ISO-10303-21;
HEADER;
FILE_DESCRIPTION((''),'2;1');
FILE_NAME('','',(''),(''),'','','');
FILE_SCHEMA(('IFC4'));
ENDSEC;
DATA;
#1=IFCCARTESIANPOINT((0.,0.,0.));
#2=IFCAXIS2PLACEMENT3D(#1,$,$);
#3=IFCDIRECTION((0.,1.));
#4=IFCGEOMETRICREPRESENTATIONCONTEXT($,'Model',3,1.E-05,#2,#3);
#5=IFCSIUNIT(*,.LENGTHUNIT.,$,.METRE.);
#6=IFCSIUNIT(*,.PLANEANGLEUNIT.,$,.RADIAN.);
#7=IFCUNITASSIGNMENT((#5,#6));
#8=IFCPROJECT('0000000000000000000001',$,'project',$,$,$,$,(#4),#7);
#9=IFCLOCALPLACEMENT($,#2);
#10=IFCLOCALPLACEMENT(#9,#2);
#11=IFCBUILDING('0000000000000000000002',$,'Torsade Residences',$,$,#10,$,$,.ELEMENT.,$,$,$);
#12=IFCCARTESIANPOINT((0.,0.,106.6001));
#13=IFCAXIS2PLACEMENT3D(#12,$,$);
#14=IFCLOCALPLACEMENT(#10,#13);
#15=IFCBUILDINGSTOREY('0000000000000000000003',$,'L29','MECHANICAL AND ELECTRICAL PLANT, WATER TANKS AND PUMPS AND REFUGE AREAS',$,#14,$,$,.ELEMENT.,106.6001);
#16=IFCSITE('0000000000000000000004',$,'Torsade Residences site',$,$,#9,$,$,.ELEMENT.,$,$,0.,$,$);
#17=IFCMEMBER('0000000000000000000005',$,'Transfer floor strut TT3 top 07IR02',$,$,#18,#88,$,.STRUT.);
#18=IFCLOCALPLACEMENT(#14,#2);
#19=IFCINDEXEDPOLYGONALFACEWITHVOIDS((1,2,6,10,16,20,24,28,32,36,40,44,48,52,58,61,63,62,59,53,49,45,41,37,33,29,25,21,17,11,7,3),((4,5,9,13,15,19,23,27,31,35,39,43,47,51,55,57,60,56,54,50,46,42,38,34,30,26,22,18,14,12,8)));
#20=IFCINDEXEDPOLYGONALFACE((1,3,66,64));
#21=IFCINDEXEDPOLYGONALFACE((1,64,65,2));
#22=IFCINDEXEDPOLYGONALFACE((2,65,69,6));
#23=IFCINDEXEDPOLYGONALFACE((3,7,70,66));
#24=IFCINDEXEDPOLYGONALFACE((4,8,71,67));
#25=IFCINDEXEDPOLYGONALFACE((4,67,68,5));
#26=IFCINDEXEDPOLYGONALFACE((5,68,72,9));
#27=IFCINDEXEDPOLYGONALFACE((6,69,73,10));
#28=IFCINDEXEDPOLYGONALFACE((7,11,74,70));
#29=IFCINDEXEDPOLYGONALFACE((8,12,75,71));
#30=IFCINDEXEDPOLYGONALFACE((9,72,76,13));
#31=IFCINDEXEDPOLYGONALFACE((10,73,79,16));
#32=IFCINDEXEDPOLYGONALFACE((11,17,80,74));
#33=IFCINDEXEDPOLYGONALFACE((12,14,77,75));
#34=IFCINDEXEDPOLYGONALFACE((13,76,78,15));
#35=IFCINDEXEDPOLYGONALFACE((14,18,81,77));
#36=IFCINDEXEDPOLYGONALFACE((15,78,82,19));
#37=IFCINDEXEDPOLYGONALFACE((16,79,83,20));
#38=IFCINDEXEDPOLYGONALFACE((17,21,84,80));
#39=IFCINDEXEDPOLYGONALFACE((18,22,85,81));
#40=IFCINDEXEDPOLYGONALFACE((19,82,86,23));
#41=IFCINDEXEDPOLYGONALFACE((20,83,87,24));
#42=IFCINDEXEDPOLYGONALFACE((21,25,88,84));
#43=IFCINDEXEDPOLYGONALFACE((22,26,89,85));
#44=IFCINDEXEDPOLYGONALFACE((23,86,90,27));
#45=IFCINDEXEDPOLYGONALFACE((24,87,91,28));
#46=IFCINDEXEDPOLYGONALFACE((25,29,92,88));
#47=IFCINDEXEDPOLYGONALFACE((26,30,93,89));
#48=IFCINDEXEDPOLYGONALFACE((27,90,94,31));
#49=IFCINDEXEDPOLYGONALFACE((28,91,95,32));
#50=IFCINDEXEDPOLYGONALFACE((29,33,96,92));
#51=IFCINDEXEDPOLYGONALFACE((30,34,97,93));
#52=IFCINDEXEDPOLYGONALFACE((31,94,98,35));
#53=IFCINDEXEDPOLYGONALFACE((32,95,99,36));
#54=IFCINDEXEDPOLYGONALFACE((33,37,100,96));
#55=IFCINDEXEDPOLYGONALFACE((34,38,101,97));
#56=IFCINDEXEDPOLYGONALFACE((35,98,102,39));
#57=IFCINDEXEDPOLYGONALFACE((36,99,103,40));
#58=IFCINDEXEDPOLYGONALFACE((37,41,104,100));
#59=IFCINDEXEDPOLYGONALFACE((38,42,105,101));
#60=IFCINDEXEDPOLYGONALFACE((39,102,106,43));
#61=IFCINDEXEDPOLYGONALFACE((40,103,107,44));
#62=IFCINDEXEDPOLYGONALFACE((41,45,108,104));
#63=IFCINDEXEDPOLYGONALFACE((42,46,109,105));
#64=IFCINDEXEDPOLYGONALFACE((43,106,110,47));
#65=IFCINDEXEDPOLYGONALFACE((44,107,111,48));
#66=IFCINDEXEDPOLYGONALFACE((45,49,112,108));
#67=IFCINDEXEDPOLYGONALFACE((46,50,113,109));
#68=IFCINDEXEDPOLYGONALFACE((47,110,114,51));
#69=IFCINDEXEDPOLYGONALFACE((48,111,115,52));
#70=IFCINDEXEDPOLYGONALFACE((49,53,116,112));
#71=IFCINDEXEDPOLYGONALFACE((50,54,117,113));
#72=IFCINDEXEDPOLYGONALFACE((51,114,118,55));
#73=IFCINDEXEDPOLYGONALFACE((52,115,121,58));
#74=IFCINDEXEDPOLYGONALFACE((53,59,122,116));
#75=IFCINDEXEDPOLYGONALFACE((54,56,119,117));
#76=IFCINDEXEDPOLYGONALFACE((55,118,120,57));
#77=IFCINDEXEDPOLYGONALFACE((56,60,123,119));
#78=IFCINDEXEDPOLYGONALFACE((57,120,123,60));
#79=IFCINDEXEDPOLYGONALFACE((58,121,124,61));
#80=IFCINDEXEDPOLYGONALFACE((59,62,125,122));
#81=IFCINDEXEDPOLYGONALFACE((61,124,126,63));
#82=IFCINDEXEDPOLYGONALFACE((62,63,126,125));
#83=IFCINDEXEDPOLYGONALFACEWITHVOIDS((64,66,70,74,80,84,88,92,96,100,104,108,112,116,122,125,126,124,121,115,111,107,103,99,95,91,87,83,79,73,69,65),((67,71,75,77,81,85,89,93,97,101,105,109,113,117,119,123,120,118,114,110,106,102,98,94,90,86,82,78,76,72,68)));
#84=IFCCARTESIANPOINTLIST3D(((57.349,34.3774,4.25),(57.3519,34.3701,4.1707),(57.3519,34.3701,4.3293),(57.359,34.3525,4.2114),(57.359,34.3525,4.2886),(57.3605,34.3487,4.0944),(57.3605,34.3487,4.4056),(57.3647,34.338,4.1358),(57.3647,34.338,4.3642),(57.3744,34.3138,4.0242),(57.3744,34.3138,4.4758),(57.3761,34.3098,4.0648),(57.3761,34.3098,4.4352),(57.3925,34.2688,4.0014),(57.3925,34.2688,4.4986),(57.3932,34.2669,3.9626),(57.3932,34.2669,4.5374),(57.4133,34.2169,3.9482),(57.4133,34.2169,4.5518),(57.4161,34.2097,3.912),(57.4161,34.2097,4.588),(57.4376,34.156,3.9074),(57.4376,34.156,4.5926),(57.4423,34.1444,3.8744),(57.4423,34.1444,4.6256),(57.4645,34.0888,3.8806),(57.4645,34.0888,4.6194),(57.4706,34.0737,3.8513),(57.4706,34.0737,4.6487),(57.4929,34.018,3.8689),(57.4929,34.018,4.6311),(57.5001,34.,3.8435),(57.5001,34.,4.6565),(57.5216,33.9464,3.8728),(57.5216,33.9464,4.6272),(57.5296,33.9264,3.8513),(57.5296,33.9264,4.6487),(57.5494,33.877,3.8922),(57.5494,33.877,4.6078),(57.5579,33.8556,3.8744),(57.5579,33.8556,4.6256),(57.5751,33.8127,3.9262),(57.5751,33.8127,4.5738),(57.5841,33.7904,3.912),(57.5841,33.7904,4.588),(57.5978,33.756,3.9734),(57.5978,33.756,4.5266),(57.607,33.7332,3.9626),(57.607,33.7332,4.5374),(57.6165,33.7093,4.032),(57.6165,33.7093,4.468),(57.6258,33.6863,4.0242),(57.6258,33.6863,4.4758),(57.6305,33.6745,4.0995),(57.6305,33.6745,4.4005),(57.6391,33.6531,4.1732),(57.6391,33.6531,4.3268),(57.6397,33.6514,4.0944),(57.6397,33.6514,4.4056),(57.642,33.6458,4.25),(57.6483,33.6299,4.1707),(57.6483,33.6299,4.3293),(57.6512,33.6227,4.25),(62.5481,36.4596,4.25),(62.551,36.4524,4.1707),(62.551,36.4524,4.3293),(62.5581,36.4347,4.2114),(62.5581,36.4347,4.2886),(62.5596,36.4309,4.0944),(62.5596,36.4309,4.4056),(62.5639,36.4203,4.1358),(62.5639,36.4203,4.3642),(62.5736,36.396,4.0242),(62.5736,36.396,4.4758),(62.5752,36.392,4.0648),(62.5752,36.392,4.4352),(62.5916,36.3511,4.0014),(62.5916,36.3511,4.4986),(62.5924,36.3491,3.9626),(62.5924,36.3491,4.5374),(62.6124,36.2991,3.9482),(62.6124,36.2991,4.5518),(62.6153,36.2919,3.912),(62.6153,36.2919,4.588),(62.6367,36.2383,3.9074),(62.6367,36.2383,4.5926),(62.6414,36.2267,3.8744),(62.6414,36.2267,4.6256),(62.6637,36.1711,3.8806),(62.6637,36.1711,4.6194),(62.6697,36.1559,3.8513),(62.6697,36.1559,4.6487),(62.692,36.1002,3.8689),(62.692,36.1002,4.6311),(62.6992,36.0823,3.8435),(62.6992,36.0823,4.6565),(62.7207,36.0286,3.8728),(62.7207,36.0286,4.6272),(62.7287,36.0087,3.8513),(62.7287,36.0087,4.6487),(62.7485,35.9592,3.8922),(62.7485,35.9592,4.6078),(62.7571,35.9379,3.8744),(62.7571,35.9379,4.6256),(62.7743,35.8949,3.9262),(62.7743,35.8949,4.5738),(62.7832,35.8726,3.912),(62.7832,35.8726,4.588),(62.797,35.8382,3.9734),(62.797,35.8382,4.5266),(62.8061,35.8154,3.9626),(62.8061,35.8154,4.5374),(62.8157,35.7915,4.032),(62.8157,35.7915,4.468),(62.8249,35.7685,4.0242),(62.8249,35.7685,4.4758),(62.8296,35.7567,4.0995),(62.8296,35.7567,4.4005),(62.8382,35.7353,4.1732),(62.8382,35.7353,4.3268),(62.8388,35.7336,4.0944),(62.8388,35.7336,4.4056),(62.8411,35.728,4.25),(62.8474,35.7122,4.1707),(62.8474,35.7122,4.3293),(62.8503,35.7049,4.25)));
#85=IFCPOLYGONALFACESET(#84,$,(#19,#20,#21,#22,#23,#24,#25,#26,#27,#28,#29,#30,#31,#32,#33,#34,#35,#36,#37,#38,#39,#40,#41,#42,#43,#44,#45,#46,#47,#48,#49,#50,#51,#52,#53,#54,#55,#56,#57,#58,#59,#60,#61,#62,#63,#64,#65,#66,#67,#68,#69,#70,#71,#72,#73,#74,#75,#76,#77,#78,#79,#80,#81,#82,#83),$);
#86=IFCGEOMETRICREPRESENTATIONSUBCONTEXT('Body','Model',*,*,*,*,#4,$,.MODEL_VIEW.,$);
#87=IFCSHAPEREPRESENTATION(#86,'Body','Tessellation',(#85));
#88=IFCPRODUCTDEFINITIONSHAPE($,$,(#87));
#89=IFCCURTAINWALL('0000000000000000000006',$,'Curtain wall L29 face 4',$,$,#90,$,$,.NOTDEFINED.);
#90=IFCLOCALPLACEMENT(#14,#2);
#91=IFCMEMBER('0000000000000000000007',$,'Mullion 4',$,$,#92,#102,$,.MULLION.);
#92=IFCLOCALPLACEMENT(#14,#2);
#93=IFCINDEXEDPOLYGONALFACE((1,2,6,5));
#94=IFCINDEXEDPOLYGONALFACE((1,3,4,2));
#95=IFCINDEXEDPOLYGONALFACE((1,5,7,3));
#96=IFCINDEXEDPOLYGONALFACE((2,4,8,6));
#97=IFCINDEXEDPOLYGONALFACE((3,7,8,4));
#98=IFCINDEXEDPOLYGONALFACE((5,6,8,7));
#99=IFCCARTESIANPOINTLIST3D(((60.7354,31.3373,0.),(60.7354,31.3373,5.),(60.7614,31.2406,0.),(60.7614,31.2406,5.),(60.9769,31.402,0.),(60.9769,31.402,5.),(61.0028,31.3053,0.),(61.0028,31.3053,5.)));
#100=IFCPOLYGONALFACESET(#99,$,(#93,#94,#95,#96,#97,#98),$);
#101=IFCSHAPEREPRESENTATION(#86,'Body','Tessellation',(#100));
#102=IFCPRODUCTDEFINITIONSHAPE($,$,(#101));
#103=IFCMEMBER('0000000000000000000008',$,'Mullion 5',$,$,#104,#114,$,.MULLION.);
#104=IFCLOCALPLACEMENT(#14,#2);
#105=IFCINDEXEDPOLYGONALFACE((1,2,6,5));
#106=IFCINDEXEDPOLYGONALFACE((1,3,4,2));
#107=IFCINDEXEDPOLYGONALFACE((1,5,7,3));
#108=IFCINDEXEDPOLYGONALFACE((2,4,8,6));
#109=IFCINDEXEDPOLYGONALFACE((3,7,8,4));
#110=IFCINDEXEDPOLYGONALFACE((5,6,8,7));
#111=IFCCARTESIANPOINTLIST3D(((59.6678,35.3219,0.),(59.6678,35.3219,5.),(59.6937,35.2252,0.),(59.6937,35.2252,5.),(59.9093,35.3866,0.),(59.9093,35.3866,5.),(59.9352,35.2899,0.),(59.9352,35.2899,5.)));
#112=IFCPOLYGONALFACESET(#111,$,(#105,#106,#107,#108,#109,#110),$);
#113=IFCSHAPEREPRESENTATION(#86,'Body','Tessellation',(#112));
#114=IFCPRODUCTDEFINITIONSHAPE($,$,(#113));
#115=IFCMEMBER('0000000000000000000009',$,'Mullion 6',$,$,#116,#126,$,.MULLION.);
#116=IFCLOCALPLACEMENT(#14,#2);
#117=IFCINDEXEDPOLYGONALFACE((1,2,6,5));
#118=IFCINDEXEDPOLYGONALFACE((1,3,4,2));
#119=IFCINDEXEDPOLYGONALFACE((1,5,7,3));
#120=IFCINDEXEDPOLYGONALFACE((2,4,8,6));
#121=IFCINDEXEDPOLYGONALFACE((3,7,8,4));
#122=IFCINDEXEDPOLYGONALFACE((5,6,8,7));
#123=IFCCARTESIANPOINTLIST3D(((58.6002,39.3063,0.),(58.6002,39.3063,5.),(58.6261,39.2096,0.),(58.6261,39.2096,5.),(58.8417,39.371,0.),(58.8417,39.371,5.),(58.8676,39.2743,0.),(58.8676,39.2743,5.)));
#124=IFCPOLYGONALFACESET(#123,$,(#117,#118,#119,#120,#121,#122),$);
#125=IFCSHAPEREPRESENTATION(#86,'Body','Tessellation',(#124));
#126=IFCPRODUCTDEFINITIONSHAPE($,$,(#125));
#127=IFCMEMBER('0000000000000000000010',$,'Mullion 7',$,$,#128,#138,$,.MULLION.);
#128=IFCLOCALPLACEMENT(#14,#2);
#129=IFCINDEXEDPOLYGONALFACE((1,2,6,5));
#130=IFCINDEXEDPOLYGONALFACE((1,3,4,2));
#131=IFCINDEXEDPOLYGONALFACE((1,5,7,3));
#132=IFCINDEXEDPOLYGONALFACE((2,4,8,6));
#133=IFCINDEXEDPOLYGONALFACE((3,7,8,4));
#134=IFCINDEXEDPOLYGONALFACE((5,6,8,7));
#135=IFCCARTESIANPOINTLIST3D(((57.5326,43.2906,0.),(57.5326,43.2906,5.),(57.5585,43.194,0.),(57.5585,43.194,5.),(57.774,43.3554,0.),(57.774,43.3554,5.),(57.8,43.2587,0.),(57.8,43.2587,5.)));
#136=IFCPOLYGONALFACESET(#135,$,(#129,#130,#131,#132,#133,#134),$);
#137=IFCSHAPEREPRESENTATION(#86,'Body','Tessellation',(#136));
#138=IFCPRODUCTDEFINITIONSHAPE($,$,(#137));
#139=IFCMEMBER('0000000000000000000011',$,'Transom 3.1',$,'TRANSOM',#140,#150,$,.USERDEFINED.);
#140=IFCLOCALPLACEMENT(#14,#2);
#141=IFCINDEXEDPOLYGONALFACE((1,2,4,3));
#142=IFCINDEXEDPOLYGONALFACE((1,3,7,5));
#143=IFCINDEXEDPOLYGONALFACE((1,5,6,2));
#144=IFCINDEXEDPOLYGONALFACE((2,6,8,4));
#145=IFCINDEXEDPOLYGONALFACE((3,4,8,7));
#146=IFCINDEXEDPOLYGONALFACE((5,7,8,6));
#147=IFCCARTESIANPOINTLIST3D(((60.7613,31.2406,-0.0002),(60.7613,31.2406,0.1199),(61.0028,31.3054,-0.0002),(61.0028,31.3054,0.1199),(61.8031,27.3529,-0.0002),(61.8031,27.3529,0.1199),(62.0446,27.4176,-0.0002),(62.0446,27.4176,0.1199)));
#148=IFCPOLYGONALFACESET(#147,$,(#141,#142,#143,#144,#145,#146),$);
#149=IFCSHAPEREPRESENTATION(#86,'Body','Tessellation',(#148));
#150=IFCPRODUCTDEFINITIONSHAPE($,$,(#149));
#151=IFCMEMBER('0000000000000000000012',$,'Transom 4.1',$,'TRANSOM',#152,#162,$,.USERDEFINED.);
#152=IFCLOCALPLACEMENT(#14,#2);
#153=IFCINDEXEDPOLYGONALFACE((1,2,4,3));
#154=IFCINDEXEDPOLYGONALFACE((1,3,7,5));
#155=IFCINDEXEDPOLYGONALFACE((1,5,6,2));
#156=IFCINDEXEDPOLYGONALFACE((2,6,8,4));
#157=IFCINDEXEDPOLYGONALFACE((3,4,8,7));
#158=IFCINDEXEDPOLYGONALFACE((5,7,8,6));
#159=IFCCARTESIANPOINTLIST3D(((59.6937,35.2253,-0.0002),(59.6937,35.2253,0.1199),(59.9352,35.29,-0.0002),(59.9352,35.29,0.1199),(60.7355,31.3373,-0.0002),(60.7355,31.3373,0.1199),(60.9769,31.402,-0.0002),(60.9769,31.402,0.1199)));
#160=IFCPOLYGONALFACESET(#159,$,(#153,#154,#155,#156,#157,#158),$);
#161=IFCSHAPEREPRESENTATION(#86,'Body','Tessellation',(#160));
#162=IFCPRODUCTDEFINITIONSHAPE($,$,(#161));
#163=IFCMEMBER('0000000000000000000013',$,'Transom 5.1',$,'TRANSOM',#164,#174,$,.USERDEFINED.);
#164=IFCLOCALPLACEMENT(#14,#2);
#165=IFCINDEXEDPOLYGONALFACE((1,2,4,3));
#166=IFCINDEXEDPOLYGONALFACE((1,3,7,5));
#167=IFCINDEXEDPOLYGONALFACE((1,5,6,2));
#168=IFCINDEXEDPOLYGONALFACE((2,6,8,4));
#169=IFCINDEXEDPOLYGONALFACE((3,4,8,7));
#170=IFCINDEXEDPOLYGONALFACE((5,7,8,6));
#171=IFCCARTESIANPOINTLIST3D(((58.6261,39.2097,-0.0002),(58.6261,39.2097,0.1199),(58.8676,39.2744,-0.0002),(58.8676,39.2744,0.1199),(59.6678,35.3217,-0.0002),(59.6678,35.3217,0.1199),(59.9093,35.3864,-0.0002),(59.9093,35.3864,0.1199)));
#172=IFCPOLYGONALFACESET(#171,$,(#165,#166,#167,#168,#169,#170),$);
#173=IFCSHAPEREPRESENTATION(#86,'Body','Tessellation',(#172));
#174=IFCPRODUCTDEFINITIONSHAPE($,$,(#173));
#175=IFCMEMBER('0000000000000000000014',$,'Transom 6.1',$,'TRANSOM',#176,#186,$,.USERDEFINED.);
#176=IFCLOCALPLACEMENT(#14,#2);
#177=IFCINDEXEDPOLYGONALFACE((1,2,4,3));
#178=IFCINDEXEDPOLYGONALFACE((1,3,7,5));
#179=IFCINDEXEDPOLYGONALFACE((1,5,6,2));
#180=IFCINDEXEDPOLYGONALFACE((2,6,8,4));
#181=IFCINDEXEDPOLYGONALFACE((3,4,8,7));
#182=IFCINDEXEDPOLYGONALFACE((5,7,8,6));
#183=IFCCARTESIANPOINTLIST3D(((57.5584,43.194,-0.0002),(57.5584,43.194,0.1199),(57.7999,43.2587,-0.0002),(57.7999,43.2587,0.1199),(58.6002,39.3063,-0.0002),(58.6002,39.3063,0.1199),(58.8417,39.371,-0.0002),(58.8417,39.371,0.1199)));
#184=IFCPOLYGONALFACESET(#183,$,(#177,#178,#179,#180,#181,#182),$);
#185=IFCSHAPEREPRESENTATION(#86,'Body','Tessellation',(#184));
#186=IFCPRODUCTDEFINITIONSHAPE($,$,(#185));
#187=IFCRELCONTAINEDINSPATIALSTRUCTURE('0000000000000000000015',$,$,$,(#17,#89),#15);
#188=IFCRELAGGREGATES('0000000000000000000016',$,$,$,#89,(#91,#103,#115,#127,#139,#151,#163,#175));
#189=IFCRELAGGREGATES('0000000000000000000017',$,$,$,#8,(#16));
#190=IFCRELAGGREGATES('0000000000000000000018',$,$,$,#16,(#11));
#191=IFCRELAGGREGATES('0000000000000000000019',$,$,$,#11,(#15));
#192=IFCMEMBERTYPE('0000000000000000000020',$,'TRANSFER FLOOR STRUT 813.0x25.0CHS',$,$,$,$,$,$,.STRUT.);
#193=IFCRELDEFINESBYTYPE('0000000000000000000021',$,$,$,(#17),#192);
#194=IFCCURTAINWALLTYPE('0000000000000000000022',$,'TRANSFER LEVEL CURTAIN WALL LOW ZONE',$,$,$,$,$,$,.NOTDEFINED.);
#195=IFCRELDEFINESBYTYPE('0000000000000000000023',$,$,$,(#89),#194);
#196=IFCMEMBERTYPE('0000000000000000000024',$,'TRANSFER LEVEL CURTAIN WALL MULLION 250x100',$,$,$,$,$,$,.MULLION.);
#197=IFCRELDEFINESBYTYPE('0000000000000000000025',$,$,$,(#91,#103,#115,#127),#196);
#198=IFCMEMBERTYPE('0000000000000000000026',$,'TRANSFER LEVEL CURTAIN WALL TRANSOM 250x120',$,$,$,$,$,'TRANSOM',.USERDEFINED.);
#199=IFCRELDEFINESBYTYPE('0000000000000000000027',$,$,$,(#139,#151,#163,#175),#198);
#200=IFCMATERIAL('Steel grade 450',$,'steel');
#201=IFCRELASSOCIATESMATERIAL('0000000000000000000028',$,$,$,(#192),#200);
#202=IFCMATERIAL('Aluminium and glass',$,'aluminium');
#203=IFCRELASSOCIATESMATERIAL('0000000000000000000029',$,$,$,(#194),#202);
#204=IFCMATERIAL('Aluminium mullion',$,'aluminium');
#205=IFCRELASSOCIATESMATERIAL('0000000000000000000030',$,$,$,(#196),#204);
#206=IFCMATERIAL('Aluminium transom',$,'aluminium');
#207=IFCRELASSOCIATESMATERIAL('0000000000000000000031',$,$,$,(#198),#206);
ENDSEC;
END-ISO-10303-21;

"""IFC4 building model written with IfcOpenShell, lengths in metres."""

from ifc_helpers import new_model, si_unit, direction, frame, origin, origin_2d, place, context, subcontext, project, spatial, rectangle, hollow_circle, extrude, material, material_profile, profile_set, type_object, element, aggregate, save


model = new_model("IFC4")

# Units and contexts
model_context = context("Model", 3, precision=1e-05, world=origin(), true_north=direction((0.0, 1.0)))
body_context = subcontext(model_context, "Body", "Model", "MODEL_VIEW")
ifc_project = project(units=[si_unit("LENGTHUNIT", "METRE"), si_unit("PLANEANGLEUNIT", "RADIAN")], contexts=[model_context])

# Site, building, storey
site_placement = place(None, origin())
site = spatial("IfcSite", under=ifc_project, at=site_placement, Name="Torsade Residences site", CompositionType="ELEMENT", RefElevation=0.0)
building_placement = place(site_placement, origin())
building = spatial("IfcBuilding", under=site, at=building_placement, Name="Torsade Residences", CompositionType="ELEMENT")
storey_placement = place(building_placement, frame((0.0, 0.0, 106.6001)))
storey = spatial("IfcBuildingStorey", under=building, at=storey_placement, Name="L29", Description="MECHANICAL AND ELECTRICAL PLANT, WATER TANKS AND PUMPS AND REFUGE AREAS", CompositionType="ELEMENT", Elevation=106.6001)

# Member
ifc_material_1 = material(Name="Steel grade 450", Category="steel")
ifc_material_profile_1 = material_profile(ifc_material_1, hollow_circle(Radius=0.4065, WallThickness=0.0249, at=origin_2d()), Name="813.0x25.0CHS")
ifc_profile_set_1 = profile_set([ifc_material_profile_1], Name="Steel grade 450")
member_type_1 = type_object("IfcMemberType", Name="TRANSFER FLOOR STRUT 813.0x25.0CHS", PredefinedType="STRUT", material=ifc_profile_set_1)
member_1_placement = place(storey_placement, frame((62.6992, 36.0823, 4.25), z_axis=(-0.928317, -0.371789, 0.0), x_axis=(0.371789, -0.928317, 0.0)))
element("IfcMember", 1, at=member_1_placement, inside=storey, type_object=member_type_1, Name="Transfer floor strut TT3 top 07IR02", PredefinedType="STRUT", context=body_context, shape_type="SweptSolid", body=[
    extrude(hollow_circle(Radius=0.4065, WallThickness=0.0249, at=origin_2d()), origin(), (0.0, 0.0, 1.0), 5.6006),
])

# Curtain wall, members
ifc_material_2 = material(Name="Aluminium and glass", Category="aluminium")
curtain_wall_type = type_object("IfcCurtainWallType", Name="TRANSFER LEVEL CURTAIN WALL LOW ZONE", PredefinedType="NOTDEFINED", material=ifc_material_2)
curtain_wall_placement = place(storey_placement, origin())
curtain_wall = element("IfcCurtainWall", 2, at=curtain_wall_placement, inside=storey, type_object=curtain_wall_type, Name="Curtain wall L29 face 4", PredefinedType="NOTDEFINED")
ifc_material_3 = material(Name="Aluminium mullion", Category="aluminium")
ifc_material_profile_2 = material_profile(ifc_material_3, rectangle(XDim=0.25, YDim=0.1001, at=origin_2d()), Name="TRANSFER LEVEL CURTAIN WALL MULLION 250x100")
ifc_profile_set_2 = profile_set([ifc_material_profile_2], Name="Aluminium mullion")
member_type_2 = type_object("IfcMemberType", Name="TRANSFER LEVEL CURTAIN WALL MULLION 250x100", PredefinedType="MULLION", material=ifc_profile_set_2)
member_2_placement = place(storey_placement, frame((60.8691, 31.3213, 0.0), z_axis=(0.0, 0.0, 1.0), x_axis=(-0.965926, -0.258819, 0.0)))
member_2 = element("IfcMember", 3, at=member_2_placement, type_object=member_type_2, Name="Mullion 4", PredefinedType="MULLION", context=body_context, shape_type="SweptSolid", body=[
    extrude(rectangle(XDim=0.25, YDim=0.1001, at=origin_2d()), origin(), (0.0, 0.0, 1.0), 5.0),
])
member_3_placement = place(storey_placement, frame((59.8015, 35.3059, 0.0), z_axis=(0.0, 0.0, 1.0), x_axis=(-0.965926, -0.258819, 0.0)))
member_3 = element("IfcMember", 4, at=member_3_placement, type_object=member_type_2, Name="Mullion 5", PredefinedType="MULLION", context=body_context, shape_type="SweptSolid", body=[
    extrude(rectangle(XDim=0.25, YDim=0.1001, at=origin_2d()), origin(), (0.0, 0.0, 1.0), 5.0),
])
member_4_placement = place(storey_placement, frame((58.7339, 39.2903, 0.0), z_axis=(0.0, 0.0, 1.0), x_axis=(-0.965926, -0.258819, 0.0)))
member_4 = element("IfcMember", 5, at=member_4_placement, type_object=member_type_2, Name="Mullion 6", PredefinedType="MULLION", context=body_context, shape_type="SweptSolid", body=[
    extrude(rectangle(XDim=0.25, YDim=0.1001, at=origin_2d()), origin(), (0.0, 0.0, 1.0), 5.0),
])
member_5_placement = place(storey_placement, frame((57.6663, 43.2747, 0.0), z_axis=(0.0, 0.0, 1.0), x_axis=(-0.965926, -0.258819, 0.0)))
member_5 = element("IfcMember", 6, at=member_5_placement, type_object=member_type_2, Name="Mullion 7", PredefinedType="MULLION", context=body_context, shape_type="SweptSolid", body=[
    extrude(rectangle(XDim=0.25, YDim=0.1001, at=origin_2d()), origin(), (0.0, 0.0, 1.0), 5.0),
])
ifc_material_4 = material(Name="Aluminium transom", Category="aluminium")
ifc_material_profile_3 = material_profile(ifc_material_4, rectangle(XDim=0.25, YDim=0.1201, at=origin_2d()), Name="TRANSFER LEVEL CURTAIN WALL TRANSOM 250x120")
ifc_profile_set_3 = profile_set([ifc_material_profile_3], Name="Aluminium transom")
member_type_3 = type_object("IfcMemberType", Name="TRANSFER LEVEL CURTAIN WALL TRANSOM 250x120", ElementType="TRANSOM", PredefinedType="USERDEFINED", material=ifc_profile_set_3)
member_6_placement = place(storey_placement, frame((61.9238, 27.3853, 0.0598), z_axis=(-0.258829, 0.965923, 0.0), x_axis=(-0.965923, -0.258829, 0.0)))
member_6 = element("IfcMember", 7, at=member_6_placement, type_object=member_type_3, Name="Transom 3.1", ObjectType="TRANSOM", PredefinedType="USERDEFINED", context=body_context, shape_type="SweptSolid", body=[
    extrude(rectangle(XDim=0.25, YDim=0.1201, at=origin_2d()), origin(), (0.0, 0.0, 1.0), 4.0249),
])
member_7_placement = place(storey_placement, frame((60.8562, 31.3696, 0.0598), z_axis=(-0.258814, 0.965927, 0.0), x_axis=(-0.965927, -0.258814, 0.0)))
member_7 = element("IfcMember", 8, at=member_7_placement, type_object=member_type_3, Name="Transom 4.1", ObjectType="TRANSOM", PredefinedType="USERDEFINED", context=body_context, shape_type="SweptSolid", body=[
    extrude(rectangle(XDim=0.25, YDim=0.1201, at=origin_2d()), origin(), (0.0, 0.0, 1.0), 4.0251),
])
member_8_placement = place(storey_placement, frame((59.7886, 35.354, 0.0598), z_axis=(-0.258814, 0.965927, 0.0), x_axis=(-0.965927, -0.258814, 0.0)))
member_8 = element("IfcMember", 9, at=member_8_placement, type_object=member_type_3, Name="Transom 5.1", ObjectType="TRANSOM", PredefinedType="USERDEFINED", context=body_context, shape_type="SweptSolid", body=[
    extrude(rectangle(XDim=0.25, YDim=0.1201, at=origin_2d()), origin(), (0.0, 0.0, 1.0), 4.0251),
])
member_9_placement = place(storey_placement, frame((58.7209, 39.3386, 0.0598), z_axis=(-0.258829, 0.965923, 0.0), x_axis=(-0.965923, -0.258829, 0.0)))
member_9 = element("IfcMember", 10, at=member_9_placement, type_object=member_type_3, Name="Transom 6.1", ObjectType="TRANSOM", PredefinedType="USERDEFINED", context=body_context, shape_type="SweptSolid", body=[
    extrude(rectangle(XDim=0.25, YDim=0.1201, at=origin_2d()), origin(), (0.0, 0.0, 1.0), 4.0249),
])

aggregate(curtain_wall, [member_2, member_3, member_4, member_5, member_6, member_7, member_8, member_9])

save(model, "model.ifc")
